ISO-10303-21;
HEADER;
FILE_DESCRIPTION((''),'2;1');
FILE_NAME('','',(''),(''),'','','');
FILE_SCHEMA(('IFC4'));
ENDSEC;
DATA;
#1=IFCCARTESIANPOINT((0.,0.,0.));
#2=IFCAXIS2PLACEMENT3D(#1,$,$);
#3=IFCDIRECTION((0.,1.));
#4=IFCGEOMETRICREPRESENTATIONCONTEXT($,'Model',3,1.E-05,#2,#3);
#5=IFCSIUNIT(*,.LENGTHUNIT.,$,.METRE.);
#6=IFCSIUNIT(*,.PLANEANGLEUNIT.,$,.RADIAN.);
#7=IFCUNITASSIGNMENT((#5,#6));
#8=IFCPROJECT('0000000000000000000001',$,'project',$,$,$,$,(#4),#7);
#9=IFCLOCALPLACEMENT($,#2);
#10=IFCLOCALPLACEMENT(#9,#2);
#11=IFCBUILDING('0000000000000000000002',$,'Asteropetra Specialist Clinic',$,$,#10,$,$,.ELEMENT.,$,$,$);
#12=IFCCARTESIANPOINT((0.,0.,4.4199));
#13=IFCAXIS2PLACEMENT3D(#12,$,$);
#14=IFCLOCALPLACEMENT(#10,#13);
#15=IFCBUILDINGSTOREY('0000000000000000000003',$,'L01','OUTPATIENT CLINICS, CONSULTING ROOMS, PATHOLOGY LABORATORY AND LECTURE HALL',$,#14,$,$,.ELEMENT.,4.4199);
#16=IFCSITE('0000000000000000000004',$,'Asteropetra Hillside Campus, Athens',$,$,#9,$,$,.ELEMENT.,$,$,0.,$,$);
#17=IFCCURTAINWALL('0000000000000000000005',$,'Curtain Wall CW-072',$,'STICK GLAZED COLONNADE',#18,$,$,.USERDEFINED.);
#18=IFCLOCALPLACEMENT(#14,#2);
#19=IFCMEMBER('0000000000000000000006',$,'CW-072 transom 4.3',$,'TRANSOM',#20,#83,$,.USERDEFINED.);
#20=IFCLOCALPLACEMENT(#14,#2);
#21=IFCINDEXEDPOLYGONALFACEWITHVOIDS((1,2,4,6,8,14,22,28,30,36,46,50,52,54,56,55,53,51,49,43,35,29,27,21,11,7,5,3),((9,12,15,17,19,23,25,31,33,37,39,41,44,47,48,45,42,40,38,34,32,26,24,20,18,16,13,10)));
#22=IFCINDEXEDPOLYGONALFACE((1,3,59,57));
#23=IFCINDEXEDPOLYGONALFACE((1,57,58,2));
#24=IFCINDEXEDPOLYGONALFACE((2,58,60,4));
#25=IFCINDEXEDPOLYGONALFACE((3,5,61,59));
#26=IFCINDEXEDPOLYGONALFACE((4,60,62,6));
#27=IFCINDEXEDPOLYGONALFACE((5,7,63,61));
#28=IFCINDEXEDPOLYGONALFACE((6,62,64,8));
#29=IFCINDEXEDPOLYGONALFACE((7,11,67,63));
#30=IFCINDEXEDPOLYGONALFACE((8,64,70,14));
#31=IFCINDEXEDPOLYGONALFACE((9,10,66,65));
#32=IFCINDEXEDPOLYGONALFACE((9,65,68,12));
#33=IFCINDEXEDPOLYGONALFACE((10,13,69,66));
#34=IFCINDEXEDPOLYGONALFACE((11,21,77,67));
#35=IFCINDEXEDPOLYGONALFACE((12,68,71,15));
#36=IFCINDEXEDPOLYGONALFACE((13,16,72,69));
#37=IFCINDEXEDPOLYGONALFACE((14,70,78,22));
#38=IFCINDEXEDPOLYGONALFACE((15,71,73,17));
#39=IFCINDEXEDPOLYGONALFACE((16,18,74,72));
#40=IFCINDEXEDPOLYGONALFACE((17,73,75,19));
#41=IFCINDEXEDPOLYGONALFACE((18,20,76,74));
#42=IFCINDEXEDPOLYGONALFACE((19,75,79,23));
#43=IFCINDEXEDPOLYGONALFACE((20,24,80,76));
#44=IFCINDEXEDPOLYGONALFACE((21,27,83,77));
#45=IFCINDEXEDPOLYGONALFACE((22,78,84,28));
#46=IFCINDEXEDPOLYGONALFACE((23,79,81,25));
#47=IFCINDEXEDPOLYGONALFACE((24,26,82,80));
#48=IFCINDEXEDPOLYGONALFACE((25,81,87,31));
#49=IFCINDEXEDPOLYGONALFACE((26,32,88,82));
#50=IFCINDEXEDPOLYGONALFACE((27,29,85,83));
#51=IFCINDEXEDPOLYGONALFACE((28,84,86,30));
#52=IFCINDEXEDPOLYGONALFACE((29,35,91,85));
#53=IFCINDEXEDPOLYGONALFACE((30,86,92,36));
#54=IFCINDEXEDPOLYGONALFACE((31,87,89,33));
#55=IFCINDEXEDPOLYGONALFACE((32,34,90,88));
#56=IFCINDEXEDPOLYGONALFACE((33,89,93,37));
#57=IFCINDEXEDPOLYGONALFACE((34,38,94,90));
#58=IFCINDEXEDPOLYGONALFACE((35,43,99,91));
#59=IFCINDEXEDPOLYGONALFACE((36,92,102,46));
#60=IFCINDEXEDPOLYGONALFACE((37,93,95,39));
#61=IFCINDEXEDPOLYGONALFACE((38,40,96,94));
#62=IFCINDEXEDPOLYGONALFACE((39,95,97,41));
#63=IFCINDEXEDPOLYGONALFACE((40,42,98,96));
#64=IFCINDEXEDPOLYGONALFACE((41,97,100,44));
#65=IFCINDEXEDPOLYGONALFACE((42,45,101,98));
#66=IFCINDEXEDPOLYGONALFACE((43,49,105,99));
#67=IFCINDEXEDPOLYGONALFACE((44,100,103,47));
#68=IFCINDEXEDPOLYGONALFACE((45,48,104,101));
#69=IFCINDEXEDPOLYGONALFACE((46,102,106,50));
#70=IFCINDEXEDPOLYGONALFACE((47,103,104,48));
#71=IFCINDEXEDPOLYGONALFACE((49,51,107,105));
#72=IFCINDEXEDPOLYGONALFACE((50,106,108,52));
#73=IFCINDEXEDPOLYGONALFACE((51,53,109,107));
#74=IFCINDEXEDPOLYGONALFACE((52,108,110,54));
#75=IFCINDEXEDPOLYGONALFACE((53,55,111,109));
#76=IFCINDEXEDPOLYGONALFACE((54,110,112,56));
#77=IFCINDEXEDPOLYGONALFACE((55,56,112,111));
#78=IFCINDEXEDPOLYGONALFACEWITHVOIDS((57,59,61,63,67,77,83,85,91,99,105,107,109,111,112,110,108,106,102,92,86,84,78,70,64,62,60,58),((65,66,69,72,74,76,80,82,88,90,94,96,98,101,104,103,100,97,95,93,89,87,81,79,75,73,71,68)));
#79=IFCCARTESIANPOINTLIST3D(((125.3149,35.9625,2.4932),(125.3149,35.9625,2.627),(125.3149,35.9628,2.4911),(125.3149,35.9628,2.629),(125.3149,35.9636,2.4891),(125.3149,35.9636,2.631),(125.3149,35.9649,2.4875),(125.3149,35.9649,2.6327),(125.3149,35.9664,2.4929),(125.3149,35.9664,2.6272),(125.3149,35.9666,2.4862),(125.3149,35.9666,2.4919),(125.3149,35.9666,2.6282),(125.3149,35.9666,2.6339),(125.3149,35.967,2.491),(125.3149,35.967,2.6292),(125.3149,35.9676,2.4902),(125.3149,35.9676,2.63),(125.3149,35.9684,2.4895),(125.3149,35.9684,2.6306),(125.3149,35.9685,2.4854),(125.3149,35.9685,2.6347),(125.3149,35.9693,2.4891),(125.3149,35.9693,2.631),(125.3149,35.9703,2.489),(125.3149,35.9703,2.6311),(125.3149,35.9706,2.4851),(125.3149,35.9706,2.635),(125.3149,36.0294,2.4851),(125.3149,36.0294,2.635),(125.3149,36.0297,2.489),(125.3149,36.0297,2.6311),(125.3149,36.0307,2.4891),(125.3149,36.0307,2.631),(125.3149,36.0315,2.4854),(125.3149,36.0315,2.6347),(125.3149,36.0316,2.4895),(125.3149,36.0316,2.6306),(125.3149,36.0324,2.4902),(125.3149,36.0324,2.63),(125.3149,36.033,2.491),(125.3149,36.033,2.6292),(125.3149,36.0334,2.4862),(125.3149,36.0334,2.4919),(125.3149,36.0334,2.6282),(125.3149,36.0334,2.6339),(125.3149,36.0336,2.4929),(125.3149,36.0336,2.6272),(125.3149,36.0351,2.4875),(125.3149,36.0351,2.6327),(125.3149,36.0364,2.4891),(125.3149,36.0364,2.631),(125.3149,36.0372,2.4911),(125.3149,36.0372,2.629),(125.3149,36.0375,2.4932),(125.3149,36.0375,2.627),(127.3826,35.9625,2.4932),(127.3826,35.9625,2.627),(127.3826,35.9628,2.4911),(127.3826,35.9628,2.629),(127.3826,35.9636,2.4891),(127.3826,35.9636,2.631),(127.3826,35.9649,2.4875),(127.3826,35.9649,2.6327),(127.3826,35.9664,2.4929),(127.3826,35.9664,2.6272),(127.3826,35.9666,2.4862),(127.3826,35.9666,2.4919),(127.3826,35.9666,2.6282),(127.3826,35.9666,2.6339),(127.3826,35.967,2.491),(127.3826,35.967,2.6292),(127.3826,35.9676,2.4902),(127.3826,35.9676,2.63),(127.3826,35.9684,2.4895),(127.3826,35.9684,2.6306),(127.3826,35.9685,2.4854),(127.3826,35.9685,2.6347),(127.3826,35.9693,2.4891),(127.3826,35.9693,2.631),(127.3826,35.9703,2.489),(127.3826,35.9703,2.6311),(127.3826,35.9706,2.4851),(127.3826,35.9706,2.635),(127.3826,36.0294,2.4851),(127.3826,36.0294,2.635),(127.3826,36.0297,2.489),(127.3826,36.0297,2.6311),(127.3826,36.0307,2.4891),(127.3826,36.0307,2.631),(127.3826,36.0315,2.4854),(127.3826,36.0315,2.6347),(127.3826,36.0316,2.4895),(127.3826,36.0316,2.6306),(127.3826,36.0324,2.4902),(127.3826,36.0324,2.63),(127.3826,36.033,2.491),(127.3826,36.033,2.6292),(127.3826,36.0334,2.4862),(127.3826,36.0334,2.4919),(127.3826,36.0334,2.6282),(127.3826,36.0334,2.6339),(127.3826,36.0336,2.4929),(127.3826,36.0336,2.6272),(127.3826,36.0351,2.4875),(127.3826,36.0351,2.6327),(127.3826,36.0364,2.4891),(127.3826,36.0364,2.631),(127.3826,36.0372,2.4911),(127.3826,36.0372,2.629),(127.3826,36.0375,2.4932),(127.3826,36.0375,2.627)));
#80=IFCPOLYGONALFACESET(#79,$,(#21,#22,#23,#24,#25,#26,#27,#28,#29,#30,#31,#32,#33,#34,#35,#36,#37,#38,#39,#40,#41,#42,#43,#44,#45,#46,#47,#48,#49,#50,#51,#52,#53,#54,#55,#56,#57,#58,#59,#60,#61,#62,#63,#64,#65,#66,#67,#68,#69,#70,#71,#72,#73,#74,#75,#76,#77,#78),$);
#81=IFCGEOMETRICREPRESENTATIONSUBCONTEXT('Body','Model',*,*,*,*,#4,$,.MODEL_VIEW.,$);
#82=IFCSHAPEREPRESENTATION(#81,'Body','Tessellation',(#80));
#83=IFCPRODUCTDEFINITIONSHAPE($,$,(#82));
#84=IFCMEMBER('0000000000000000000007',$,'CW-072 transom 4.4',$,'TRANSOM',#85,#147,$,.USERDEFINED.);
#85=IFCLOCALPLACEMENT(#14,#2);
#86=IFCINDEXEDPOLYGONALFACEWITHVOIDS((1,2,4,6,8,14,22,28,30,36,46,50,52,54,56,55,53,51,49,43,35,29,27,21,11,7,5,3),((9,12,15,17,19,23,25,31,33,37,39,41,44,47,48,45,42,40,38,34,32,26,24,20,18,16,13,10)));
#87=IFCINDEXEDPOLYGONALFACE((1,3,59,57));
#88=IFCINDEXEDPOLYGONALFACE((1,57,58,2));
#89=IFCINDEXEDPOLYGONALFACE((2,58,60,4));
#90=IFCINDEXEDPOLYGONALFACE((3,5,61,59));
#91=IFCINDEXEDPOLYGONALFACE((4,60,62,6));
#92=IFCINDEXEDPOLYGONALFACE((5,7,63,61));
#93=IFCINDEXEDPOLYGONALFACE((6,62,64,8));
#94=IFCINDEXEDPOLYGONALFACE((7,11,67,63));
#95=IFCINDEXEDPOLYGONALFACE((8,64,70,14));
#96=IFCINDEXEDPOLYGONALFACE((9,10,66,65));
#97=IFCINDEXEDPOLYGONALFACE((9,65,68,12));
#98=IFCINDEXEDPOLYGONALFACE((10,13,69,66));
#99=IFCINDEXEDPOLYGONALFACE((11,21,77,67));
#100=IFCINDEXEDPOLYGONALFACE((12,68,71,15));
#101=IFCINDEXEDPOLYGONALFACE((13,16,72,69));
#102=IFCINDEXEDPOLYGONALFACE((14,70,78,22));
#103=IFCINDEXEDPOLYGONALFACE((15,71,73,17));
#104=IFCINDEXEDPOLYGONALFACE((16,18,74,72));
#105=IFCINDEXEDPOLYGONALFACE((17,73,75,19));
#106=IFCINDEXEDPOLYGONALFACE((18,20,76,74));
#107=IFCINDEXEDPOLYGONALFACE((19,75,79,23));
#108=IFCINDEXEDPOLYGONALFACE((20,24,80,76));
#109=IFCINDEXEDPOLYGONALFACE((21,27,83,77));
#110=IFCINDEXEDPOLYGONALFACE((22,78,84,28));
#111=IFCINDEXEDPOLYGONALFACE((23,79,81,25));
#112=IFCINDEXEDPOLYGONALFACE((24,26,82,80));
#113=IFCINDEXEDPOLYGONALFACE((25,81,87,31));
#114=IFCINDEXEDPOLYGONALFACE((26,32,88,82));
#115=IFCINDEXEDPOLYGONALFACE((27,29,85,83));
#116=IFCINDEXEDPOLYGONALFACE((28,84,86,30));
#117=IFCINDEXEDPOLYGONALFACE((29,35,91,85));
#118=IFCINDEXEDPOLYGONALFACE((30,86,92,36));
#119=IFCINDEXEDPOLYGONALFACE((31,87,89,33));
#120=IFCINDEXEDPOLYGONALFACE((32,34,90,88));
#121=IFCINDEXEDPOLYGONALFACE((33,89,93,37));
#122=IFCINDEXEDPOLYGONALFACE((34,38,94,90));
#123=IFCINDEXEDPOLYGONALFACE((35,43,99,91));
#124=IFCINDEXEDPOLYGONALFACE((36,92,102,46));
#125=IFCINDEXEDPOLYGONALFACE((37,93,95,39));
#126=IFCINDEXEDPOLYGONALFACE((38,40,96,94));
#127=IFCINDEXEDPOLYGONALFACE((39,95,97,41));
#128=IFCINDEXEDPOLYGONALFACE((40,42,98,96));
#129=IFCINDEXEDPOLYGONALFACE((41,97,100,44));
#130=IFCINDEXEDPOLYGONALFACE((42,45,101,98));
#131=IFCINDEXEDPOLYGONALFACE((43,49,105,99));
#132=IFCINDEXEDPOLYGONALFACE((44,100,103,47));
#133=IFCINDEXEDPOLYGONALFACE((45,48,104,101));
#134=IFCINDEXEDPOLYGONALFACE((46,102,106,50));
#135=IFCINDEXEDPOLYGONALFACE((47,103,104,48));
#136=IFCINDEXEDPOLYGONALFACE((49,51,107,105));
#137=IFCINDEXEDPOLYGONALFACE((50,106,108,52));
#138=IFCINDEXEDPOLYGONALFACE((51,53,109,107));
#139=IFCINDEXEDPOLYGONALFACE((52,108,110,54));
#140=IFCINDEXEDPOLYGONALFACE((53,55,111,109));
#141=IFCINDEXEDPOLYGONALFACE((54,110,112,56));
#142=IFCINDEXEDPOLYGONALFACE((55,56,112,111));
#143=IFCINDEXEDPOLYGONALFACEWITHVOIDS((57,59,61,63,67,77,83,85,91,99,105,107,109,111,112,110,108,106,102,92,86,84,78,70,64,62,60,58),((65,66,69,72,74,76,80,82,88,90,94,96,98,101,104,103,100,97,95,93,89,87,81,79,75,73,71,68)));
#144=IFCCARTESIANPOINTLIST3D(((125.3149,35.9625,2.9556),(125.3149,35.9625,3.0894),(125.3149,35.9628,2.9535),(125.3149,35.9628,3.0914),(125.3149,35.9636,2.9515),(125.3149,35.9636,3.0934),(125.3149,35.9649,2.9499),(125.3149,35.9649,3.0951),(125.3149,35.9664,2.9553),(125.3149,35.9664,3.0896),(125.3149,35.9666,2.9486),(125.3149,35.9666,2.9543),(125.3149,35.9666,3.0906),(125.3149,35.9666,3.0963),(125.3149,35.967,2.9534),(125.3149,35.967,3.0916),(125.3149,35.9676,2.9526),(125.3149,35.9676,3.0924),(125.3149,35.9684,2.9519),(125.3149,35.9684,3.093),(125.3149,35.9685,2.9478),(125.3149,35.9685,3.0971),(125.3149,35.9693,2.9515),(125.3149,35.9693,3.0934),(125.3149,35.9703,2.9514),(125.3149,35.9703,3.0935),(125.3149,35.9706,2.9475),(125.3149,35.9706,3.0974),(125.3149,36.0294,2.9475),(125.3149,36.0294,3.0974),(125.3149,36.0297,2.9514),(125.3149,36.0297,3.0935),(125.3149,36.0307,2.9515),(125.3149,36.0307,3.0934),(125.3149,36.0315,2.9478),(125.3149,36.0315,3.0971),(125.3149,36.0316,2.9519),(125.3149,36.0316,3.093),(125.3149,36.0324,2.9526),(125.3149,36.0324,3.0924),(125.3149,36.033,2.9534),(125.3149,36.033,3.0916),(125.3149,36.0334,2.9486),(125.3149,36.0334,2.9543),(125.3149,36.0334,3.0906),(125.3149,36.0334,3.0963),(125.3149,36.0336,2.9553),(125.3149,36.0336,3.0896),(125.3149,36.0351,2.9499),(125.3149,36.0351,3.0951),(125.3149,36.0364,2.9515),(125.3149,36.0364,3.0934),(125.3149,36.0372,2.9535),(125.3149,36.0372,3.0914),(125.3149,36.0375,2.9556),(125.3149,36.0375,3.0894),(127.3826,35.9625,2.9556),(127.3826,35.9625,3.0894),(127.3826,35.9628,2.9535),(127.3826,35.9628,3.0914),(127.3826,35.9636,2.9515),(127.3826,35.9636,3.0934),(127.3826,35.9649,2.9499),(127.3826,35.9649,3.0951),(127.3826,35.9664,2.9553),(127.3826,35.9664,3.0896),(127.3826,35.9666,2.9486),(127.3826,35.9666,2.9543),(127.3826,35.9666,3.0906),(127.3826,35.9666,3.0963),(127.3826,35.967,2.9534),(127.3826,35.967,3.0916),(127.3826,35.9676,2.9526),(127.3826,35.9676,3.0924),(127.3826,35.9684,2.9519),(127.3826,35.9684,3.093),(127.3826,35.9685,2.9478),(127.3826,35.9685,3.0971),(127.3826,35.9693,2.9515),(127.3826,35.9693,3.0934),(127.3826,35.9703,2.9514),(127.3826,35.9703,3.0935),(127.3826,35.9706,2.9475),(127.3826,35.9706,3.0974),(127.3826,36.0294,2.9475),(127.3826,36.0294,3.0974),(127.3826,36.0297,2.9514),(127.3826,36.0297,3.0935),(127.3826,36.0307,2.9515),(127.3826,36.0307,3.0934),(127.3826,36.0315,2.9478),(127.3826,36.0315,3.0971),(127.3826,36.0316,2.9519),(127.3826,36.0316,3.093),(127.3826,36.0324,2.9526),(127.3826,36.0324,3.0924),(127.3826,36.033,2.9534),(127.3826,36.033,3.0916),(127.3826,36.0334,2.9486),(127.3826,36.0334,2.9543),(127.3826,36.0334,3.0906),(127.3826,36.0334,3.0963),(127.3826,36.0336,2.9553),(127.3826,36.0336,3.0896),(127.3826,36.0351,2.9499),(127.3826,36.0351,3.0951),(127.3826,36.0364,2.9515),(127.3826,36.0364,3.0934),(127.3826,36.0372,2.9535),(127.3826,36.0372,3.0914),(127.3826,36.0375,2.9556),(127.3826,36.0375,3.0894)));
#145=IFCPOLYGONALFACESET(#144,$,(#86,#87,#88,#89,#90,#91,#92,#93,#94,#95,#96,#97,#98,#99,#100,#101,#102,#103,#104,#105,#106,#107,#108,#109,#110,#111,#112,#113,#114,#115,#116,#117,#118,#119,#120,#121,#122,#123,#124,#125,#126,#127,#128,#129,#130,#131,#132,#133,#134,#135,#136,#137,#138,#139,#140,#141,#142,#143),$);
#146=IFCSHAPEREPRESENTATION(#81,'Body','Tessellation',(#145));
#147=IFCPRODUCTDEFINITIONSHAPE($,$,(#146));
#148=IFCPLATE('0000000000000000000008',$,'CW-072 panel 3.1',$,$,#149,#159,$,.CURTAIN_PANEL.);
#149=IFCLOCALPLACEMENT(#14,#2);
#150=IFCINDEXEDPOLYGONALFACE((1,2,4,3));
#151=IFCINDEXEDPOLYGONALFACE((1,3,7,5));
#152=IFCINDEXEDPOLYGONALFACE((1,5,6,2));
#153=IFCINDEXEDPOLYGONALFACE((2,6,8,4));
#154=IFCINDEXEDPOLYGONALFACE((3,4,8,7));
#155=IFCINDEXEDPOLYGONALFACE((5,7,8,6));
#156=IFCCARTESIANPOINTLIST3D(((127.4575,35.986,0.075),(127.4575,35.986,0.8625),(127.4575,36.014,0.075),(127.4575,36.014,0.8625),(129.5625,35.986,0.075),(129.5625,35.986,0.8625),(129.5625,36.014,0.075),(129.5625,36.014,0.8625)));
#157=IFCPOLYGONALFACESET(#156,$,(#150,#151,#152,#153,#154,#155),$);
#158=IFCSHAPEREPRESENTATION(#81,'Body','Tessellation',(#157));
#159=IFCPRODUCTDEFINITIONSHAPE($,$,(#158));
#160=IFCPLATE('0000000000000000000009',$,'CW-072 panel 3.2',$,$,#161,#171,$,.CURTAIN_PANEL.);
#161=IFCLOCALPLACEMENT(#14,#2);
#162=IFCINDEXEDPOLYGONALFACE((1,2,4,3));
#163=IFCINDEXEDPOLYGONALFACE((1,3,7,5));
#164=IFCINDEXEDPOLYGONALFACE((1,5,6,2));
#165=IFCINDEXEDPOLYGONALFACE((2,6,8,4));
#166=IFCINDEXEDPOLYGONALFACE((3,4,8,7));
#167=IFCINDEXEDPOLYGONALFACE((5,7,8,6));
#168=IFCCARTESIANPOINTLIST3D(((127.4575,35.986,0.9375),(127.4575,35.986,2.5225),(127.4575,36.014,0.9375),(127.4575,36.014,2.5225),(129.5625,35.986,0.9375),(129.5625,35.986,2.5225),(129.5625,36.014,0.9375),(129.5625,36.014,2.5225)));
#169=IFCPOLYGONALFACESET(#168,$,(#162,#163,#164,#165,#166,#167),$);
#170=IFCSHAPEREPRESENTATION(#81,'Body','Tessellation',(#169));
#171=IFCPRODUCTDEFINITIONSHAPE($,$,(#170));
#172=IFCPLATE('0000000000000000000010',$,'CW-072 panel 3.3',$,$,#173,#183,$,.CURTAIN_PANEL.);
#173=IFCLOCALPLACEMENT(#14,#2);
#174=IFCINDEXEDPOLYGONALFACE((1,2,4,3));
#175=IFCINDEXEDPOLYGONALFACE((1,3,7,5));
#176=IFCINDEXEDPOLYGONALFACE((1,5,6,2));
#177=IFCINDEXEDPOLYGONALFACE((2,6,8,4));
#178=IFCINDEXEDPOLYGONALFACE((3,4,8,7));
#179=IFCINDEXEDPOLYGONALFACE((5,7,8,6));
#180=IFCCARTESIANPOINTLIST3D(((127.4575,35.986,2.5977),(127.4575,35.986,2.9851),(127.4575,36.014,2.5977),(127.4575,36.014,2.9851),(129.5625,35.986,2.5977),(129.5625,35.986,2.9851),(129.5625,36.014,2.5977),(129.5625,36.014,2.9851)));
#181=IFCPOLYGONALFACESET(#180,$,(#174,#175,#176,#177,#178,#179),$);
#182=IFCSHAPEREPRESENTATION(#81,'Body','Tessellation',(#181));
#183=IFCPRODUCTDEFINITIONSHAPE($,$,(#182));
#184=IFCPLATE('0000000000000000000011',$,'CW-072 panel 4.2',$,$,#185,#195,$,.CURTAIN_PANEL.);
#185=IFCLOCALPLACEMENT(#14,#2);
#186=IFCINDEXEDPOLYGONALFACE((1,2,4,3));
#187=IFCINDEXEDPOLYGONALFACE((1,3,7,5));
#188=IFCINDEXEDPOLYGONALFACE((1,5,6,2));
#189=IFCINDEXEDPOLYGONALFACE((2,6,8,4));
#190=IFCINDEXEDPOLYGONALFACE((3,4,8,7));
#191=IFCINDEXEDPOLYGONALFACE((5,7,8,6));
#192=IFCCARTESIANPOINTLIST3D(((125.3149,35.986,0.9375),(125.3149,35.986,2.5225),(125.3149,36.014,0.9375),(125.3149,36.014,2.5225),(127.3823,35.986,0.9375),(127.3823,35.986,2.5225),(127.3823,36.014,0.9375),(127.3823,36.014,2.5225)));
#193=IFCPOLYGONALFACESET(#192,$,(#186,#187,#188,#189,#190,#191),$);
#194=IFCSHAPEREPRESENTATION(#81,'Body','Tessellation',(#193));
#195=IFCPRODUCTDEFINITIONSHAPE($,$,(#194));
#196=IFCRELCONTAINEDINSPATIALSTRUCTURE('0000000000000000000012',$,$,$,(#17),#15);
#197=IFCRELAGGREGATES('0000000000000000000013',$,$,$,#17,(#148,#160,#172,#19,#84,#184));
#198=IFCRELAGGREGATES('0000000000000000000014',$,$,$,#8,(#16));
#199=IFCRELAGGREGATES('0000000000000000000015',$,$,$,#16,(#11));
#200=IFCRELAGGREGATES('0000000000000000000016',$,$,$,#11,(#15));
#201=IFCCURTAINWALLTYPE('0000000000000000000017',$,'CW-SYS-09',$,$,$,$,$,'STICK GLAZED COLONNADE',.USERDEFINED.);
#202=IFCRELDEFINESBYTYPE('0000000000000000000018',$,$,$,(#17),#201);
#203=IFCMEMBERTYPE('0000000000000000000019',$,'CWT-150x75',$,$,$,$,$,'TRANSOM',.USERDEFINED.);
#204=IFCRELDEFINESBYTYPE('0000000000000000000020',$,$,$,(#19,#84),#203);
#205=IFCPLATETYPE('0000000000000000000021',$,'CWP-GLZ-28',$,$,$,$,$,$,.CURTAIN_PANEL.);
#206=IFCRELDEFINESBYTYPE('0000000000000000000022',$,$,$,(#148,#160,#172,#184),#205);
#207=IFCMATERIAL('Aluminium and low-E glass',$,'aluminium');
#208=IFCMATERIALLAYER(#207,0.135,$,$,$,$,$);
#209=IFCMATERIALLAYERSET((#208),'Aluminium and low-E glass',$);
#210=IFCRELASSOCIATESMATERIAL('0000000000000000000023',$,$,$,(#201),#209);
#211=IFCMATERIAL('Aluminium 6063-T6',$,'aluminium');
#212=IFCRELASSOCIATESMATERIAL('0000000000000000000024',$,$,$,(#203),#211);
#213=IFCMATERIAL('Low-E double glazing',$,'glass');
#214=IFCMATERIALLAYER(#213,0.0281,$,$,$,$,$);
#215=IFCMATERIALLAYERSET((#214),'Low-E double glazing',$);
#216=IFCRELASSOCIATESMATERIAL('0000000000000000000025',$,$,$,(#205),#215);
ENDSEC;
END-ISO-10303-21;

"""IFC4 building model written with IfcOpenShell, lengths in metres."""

from ifc_helpers import new_model, si_unit, direction, frame, origin, origin_2d, place, context, subcontext, project, spatial, rectangle, hollow_rectangle, extrude, material, layer, layer_set, material_profile, profile_set, type_object, element, aggregate, save


model = new_model("IFC4")

# Units and contexts
model_context = context("Model", 3, precision=1e-05, world=origin(), true_north=direction((0.0, 1.0)))
body_context = subcontext(model_context, "Body", "Model", "MODEL_VIEW")
ifc_project = project(units=[si_unit("LENGTHUNIT", "METRE"), si_unit("PLANEANGLEUNIT", "RADIAN")], contexts=[model_context])

# Site, building, storey
site_placement = place(None, origin())
site = spatial("IfcSite", under=ifc_project, at=site_placement, Name="Asteropetra Hillside Campus, Athens", CompositionType="ELEMENT", RefElevation=0.0)
building_placement = place(site_placement, origin())
building = spatial("IfcBuilding", under=site, at=building_placement, Name="Asteropetra Specialist Clinic", CompositionType="ELEMENT")
storey_placement = place(building_placement, frame((0.0, 0.0, 4.4199)))
storey = spatial("IfcBuildingStorey", under=building, at=storey_placement, Name="L01", Description="OUTPATIENT CLINICS, CONSULTING ROOMS, PATHOLOGY LABORATORY AND LECTURE HALL", CompositionType="ELEMENT", Elevation=4.4199)

# Curtain wall, members, plates
ifc_material_1 = material(Name="Aluminium and low-E glass", Category="aluminium")
ifc_layer_1 = layer(ifc_material_1, 0.135)
ifc_layer_set_1 = layer_set([ifc_layer_1], Name="Aluminium and low-E glass")
curtain_wall_type = type_object("IfcCurtainWallType", Name="CW-SYS-09", ElementType="STICK GLAZED COLONNADE", PredefinedType="USERDEFINED", material=ifc_layer_set_1)
curtain_wall_placement = place(storey_placement, origin())
curtain_wall = element("IfcCurtainWall", 1, at=curtain_wall_placement, inside=storey, type_object=curtain_wall_type, Name="Curtain Wall CW-072", ObjectType="STICK GLAZED COLONNADE", PredefinedType="USERDEFINED")
ifc_material_2 = material(Name="Aluminium 6063-T6", Category="aluminium")
ifc_material_profile_1 = material_profile(ifc_material_2, hollow_rectangle(XDim=0.075, YDim=0.1499, WallThickness=0.0039, InnerFilletRadius=0.0039, OuterFilletRadius=0.0081, at=origin_2d()), Name="TRN 150x75x4.0")
ifc_profile_set_1 = profile_set([ifc_material_profile_1], Name="Aluminium 6063-T6")
member_type_1 = type_object("IfcMemberType", Name="CWT-150x75", ElementType="TRANSOM", PredefinedType="USERDEFINED", material=ifc_profile_set_1)
member_1_placement = place(storey_placement, frame((127.3826, 36.0, 2.5601), z_axis=(-1.0, 0.0, 0.0), x_axis=(0.0, -1.0, 0.0)))
member_1 = element("IfcMember", 2, at=member_1_placement, type_object=member_type_1, Name="CW-072 transom 4.3", ObjectType="TRANSOM", PredefinedType="USERDEFINED", context=body_context, shape_type="SweptSolid", body=[
    extrude(hollow_rectangle(XDim=0.075, YDim=0.1499, WallThickness=0.0039, InnerFilletRadius=0.0039, OuterFilletRadius=0.0081, at=origin_2d()), origin(), (0.0, 0.0, 1.0), 2.0676),
])
member_2_placement = place(storey_placement, frame((127.3826, 36.0, 3.0225), z_axis=(-1.0, 0.0, 0.0), x_axis=(0.0, -1.0, 0.0)))
member_2 = element("IfcMember", 3, at=member_2_placement, type_object=member_type_1, Name="CW-072 transom 4.4", ObjectType="TRANSOM", PredefinedType="USERDEFINED", context=body_context, shape_type="SweptSolid", body=[
    extrude(hollow_rectangle(XDim=0.075, YDim=0.1499, WallThickness=0.0039, InnerFilletRadius=0.0039, OuterFilletRadius=0.0081, at=origin_2d()), origin(), (0.0, 0.0, 1.0), 2.0676),
])
ifc_material_3 = material(Name="Low-E double glazing", Category="glass")
ifc_layer_2 = layer(ifc_material_3, 0.0281)
ifc_layer_set_2 = layer_set([ifc_layer_2], Name="Low-E double glazing")
plate_type = type_object("IfcPlateType", Name="CWP-GLZ-28", PredefinedType="CURTAIN_PANEL", material=ifc_layer_set_2)
plate_1_placement = place(storey_placement, frame((128.51, 36.0, 0.075), z_axis=(0.0, 0.0, 1.0), x_axis=(-1.0, 0.0, 0.0)))
plate_1 = element("IfcPlate", 4, at=plate_1_placement, type_object=plate_type, Name="CW-072 panel 3.1", PredefinedType="CURTAIN_PANEL", context=body_context, shape_type="SweptSolid", body=[
    extrude(rectangle(XDim=2.105, YDim=0.0281, at=origin_2d()), origin(), (0.0, 0.0, 1.0), 0.7876),
])
plate_2_placement = place(storey_placement, frame((128.51, 36.0, 0.9375), z_axis=(0.0, 0.0, 1.0), x_axis=(-1.0, 0.0, 0.0)))
plate_2 = element("IfcPlate", 5, at=plate_2_placement, type_object=plate_type, Name="CW-072 panel 3.2", PredefinedType="CURTAIN_PANEL", context=body_context, shape_type="SweptSolid", body=[
    extrude(rectangle(XDim=2.105, YDim=0.0281, at=origin_2d()), origin(), (0.0, 0.0, 1.0), 1.585),
])
plate_3_placement = place(storey_placement, frame((128.51, 36.0, 2.5977), z_axis=(0.0, 0.0, 1.0), x_axis=(-1.0, 0.0, 0.0)))
plate_3 = element("IfcPlate", 6, at=plate_3_placement, type_object=plate_type, Name="CW-072 panel 3.3", PredefinedType="CURTAIN_PANEL", context=body_context, shape_type="SweptSolid", body=[
    extrude(rectangle(XDim=2.105, YDim=0.0281, at=origin_2d()), origin(), (0.0, 0.0, 1.0), 0.3875),
])
plate_4_placement = place(storey_placement, frame((126.3486, 36.0, 0.9375), z_axis=(0.0, 0.0, 1.0), x_axis=(-1.0, 0.0, 0.0)))
plate_4 = element("IfcPlate", 7, at=plate_4_placement, type_object=plate_type, Name="CW-072 panel 4.2", PredefinedType="CURTAIN_PANEL", context=body_context, shape_type="SweptSolid", body=[
    extrude(rectangle(XDim=2.0674, YDim=0.0281, at=origin_2d()), origin(), (0.0, 0.0, 1.0), 1.585),
])
aggregate(curtain_wall, [plate_1, plate_2, plate_3, member_1, member_2, plate_4])

save(model, "model.ifc")
